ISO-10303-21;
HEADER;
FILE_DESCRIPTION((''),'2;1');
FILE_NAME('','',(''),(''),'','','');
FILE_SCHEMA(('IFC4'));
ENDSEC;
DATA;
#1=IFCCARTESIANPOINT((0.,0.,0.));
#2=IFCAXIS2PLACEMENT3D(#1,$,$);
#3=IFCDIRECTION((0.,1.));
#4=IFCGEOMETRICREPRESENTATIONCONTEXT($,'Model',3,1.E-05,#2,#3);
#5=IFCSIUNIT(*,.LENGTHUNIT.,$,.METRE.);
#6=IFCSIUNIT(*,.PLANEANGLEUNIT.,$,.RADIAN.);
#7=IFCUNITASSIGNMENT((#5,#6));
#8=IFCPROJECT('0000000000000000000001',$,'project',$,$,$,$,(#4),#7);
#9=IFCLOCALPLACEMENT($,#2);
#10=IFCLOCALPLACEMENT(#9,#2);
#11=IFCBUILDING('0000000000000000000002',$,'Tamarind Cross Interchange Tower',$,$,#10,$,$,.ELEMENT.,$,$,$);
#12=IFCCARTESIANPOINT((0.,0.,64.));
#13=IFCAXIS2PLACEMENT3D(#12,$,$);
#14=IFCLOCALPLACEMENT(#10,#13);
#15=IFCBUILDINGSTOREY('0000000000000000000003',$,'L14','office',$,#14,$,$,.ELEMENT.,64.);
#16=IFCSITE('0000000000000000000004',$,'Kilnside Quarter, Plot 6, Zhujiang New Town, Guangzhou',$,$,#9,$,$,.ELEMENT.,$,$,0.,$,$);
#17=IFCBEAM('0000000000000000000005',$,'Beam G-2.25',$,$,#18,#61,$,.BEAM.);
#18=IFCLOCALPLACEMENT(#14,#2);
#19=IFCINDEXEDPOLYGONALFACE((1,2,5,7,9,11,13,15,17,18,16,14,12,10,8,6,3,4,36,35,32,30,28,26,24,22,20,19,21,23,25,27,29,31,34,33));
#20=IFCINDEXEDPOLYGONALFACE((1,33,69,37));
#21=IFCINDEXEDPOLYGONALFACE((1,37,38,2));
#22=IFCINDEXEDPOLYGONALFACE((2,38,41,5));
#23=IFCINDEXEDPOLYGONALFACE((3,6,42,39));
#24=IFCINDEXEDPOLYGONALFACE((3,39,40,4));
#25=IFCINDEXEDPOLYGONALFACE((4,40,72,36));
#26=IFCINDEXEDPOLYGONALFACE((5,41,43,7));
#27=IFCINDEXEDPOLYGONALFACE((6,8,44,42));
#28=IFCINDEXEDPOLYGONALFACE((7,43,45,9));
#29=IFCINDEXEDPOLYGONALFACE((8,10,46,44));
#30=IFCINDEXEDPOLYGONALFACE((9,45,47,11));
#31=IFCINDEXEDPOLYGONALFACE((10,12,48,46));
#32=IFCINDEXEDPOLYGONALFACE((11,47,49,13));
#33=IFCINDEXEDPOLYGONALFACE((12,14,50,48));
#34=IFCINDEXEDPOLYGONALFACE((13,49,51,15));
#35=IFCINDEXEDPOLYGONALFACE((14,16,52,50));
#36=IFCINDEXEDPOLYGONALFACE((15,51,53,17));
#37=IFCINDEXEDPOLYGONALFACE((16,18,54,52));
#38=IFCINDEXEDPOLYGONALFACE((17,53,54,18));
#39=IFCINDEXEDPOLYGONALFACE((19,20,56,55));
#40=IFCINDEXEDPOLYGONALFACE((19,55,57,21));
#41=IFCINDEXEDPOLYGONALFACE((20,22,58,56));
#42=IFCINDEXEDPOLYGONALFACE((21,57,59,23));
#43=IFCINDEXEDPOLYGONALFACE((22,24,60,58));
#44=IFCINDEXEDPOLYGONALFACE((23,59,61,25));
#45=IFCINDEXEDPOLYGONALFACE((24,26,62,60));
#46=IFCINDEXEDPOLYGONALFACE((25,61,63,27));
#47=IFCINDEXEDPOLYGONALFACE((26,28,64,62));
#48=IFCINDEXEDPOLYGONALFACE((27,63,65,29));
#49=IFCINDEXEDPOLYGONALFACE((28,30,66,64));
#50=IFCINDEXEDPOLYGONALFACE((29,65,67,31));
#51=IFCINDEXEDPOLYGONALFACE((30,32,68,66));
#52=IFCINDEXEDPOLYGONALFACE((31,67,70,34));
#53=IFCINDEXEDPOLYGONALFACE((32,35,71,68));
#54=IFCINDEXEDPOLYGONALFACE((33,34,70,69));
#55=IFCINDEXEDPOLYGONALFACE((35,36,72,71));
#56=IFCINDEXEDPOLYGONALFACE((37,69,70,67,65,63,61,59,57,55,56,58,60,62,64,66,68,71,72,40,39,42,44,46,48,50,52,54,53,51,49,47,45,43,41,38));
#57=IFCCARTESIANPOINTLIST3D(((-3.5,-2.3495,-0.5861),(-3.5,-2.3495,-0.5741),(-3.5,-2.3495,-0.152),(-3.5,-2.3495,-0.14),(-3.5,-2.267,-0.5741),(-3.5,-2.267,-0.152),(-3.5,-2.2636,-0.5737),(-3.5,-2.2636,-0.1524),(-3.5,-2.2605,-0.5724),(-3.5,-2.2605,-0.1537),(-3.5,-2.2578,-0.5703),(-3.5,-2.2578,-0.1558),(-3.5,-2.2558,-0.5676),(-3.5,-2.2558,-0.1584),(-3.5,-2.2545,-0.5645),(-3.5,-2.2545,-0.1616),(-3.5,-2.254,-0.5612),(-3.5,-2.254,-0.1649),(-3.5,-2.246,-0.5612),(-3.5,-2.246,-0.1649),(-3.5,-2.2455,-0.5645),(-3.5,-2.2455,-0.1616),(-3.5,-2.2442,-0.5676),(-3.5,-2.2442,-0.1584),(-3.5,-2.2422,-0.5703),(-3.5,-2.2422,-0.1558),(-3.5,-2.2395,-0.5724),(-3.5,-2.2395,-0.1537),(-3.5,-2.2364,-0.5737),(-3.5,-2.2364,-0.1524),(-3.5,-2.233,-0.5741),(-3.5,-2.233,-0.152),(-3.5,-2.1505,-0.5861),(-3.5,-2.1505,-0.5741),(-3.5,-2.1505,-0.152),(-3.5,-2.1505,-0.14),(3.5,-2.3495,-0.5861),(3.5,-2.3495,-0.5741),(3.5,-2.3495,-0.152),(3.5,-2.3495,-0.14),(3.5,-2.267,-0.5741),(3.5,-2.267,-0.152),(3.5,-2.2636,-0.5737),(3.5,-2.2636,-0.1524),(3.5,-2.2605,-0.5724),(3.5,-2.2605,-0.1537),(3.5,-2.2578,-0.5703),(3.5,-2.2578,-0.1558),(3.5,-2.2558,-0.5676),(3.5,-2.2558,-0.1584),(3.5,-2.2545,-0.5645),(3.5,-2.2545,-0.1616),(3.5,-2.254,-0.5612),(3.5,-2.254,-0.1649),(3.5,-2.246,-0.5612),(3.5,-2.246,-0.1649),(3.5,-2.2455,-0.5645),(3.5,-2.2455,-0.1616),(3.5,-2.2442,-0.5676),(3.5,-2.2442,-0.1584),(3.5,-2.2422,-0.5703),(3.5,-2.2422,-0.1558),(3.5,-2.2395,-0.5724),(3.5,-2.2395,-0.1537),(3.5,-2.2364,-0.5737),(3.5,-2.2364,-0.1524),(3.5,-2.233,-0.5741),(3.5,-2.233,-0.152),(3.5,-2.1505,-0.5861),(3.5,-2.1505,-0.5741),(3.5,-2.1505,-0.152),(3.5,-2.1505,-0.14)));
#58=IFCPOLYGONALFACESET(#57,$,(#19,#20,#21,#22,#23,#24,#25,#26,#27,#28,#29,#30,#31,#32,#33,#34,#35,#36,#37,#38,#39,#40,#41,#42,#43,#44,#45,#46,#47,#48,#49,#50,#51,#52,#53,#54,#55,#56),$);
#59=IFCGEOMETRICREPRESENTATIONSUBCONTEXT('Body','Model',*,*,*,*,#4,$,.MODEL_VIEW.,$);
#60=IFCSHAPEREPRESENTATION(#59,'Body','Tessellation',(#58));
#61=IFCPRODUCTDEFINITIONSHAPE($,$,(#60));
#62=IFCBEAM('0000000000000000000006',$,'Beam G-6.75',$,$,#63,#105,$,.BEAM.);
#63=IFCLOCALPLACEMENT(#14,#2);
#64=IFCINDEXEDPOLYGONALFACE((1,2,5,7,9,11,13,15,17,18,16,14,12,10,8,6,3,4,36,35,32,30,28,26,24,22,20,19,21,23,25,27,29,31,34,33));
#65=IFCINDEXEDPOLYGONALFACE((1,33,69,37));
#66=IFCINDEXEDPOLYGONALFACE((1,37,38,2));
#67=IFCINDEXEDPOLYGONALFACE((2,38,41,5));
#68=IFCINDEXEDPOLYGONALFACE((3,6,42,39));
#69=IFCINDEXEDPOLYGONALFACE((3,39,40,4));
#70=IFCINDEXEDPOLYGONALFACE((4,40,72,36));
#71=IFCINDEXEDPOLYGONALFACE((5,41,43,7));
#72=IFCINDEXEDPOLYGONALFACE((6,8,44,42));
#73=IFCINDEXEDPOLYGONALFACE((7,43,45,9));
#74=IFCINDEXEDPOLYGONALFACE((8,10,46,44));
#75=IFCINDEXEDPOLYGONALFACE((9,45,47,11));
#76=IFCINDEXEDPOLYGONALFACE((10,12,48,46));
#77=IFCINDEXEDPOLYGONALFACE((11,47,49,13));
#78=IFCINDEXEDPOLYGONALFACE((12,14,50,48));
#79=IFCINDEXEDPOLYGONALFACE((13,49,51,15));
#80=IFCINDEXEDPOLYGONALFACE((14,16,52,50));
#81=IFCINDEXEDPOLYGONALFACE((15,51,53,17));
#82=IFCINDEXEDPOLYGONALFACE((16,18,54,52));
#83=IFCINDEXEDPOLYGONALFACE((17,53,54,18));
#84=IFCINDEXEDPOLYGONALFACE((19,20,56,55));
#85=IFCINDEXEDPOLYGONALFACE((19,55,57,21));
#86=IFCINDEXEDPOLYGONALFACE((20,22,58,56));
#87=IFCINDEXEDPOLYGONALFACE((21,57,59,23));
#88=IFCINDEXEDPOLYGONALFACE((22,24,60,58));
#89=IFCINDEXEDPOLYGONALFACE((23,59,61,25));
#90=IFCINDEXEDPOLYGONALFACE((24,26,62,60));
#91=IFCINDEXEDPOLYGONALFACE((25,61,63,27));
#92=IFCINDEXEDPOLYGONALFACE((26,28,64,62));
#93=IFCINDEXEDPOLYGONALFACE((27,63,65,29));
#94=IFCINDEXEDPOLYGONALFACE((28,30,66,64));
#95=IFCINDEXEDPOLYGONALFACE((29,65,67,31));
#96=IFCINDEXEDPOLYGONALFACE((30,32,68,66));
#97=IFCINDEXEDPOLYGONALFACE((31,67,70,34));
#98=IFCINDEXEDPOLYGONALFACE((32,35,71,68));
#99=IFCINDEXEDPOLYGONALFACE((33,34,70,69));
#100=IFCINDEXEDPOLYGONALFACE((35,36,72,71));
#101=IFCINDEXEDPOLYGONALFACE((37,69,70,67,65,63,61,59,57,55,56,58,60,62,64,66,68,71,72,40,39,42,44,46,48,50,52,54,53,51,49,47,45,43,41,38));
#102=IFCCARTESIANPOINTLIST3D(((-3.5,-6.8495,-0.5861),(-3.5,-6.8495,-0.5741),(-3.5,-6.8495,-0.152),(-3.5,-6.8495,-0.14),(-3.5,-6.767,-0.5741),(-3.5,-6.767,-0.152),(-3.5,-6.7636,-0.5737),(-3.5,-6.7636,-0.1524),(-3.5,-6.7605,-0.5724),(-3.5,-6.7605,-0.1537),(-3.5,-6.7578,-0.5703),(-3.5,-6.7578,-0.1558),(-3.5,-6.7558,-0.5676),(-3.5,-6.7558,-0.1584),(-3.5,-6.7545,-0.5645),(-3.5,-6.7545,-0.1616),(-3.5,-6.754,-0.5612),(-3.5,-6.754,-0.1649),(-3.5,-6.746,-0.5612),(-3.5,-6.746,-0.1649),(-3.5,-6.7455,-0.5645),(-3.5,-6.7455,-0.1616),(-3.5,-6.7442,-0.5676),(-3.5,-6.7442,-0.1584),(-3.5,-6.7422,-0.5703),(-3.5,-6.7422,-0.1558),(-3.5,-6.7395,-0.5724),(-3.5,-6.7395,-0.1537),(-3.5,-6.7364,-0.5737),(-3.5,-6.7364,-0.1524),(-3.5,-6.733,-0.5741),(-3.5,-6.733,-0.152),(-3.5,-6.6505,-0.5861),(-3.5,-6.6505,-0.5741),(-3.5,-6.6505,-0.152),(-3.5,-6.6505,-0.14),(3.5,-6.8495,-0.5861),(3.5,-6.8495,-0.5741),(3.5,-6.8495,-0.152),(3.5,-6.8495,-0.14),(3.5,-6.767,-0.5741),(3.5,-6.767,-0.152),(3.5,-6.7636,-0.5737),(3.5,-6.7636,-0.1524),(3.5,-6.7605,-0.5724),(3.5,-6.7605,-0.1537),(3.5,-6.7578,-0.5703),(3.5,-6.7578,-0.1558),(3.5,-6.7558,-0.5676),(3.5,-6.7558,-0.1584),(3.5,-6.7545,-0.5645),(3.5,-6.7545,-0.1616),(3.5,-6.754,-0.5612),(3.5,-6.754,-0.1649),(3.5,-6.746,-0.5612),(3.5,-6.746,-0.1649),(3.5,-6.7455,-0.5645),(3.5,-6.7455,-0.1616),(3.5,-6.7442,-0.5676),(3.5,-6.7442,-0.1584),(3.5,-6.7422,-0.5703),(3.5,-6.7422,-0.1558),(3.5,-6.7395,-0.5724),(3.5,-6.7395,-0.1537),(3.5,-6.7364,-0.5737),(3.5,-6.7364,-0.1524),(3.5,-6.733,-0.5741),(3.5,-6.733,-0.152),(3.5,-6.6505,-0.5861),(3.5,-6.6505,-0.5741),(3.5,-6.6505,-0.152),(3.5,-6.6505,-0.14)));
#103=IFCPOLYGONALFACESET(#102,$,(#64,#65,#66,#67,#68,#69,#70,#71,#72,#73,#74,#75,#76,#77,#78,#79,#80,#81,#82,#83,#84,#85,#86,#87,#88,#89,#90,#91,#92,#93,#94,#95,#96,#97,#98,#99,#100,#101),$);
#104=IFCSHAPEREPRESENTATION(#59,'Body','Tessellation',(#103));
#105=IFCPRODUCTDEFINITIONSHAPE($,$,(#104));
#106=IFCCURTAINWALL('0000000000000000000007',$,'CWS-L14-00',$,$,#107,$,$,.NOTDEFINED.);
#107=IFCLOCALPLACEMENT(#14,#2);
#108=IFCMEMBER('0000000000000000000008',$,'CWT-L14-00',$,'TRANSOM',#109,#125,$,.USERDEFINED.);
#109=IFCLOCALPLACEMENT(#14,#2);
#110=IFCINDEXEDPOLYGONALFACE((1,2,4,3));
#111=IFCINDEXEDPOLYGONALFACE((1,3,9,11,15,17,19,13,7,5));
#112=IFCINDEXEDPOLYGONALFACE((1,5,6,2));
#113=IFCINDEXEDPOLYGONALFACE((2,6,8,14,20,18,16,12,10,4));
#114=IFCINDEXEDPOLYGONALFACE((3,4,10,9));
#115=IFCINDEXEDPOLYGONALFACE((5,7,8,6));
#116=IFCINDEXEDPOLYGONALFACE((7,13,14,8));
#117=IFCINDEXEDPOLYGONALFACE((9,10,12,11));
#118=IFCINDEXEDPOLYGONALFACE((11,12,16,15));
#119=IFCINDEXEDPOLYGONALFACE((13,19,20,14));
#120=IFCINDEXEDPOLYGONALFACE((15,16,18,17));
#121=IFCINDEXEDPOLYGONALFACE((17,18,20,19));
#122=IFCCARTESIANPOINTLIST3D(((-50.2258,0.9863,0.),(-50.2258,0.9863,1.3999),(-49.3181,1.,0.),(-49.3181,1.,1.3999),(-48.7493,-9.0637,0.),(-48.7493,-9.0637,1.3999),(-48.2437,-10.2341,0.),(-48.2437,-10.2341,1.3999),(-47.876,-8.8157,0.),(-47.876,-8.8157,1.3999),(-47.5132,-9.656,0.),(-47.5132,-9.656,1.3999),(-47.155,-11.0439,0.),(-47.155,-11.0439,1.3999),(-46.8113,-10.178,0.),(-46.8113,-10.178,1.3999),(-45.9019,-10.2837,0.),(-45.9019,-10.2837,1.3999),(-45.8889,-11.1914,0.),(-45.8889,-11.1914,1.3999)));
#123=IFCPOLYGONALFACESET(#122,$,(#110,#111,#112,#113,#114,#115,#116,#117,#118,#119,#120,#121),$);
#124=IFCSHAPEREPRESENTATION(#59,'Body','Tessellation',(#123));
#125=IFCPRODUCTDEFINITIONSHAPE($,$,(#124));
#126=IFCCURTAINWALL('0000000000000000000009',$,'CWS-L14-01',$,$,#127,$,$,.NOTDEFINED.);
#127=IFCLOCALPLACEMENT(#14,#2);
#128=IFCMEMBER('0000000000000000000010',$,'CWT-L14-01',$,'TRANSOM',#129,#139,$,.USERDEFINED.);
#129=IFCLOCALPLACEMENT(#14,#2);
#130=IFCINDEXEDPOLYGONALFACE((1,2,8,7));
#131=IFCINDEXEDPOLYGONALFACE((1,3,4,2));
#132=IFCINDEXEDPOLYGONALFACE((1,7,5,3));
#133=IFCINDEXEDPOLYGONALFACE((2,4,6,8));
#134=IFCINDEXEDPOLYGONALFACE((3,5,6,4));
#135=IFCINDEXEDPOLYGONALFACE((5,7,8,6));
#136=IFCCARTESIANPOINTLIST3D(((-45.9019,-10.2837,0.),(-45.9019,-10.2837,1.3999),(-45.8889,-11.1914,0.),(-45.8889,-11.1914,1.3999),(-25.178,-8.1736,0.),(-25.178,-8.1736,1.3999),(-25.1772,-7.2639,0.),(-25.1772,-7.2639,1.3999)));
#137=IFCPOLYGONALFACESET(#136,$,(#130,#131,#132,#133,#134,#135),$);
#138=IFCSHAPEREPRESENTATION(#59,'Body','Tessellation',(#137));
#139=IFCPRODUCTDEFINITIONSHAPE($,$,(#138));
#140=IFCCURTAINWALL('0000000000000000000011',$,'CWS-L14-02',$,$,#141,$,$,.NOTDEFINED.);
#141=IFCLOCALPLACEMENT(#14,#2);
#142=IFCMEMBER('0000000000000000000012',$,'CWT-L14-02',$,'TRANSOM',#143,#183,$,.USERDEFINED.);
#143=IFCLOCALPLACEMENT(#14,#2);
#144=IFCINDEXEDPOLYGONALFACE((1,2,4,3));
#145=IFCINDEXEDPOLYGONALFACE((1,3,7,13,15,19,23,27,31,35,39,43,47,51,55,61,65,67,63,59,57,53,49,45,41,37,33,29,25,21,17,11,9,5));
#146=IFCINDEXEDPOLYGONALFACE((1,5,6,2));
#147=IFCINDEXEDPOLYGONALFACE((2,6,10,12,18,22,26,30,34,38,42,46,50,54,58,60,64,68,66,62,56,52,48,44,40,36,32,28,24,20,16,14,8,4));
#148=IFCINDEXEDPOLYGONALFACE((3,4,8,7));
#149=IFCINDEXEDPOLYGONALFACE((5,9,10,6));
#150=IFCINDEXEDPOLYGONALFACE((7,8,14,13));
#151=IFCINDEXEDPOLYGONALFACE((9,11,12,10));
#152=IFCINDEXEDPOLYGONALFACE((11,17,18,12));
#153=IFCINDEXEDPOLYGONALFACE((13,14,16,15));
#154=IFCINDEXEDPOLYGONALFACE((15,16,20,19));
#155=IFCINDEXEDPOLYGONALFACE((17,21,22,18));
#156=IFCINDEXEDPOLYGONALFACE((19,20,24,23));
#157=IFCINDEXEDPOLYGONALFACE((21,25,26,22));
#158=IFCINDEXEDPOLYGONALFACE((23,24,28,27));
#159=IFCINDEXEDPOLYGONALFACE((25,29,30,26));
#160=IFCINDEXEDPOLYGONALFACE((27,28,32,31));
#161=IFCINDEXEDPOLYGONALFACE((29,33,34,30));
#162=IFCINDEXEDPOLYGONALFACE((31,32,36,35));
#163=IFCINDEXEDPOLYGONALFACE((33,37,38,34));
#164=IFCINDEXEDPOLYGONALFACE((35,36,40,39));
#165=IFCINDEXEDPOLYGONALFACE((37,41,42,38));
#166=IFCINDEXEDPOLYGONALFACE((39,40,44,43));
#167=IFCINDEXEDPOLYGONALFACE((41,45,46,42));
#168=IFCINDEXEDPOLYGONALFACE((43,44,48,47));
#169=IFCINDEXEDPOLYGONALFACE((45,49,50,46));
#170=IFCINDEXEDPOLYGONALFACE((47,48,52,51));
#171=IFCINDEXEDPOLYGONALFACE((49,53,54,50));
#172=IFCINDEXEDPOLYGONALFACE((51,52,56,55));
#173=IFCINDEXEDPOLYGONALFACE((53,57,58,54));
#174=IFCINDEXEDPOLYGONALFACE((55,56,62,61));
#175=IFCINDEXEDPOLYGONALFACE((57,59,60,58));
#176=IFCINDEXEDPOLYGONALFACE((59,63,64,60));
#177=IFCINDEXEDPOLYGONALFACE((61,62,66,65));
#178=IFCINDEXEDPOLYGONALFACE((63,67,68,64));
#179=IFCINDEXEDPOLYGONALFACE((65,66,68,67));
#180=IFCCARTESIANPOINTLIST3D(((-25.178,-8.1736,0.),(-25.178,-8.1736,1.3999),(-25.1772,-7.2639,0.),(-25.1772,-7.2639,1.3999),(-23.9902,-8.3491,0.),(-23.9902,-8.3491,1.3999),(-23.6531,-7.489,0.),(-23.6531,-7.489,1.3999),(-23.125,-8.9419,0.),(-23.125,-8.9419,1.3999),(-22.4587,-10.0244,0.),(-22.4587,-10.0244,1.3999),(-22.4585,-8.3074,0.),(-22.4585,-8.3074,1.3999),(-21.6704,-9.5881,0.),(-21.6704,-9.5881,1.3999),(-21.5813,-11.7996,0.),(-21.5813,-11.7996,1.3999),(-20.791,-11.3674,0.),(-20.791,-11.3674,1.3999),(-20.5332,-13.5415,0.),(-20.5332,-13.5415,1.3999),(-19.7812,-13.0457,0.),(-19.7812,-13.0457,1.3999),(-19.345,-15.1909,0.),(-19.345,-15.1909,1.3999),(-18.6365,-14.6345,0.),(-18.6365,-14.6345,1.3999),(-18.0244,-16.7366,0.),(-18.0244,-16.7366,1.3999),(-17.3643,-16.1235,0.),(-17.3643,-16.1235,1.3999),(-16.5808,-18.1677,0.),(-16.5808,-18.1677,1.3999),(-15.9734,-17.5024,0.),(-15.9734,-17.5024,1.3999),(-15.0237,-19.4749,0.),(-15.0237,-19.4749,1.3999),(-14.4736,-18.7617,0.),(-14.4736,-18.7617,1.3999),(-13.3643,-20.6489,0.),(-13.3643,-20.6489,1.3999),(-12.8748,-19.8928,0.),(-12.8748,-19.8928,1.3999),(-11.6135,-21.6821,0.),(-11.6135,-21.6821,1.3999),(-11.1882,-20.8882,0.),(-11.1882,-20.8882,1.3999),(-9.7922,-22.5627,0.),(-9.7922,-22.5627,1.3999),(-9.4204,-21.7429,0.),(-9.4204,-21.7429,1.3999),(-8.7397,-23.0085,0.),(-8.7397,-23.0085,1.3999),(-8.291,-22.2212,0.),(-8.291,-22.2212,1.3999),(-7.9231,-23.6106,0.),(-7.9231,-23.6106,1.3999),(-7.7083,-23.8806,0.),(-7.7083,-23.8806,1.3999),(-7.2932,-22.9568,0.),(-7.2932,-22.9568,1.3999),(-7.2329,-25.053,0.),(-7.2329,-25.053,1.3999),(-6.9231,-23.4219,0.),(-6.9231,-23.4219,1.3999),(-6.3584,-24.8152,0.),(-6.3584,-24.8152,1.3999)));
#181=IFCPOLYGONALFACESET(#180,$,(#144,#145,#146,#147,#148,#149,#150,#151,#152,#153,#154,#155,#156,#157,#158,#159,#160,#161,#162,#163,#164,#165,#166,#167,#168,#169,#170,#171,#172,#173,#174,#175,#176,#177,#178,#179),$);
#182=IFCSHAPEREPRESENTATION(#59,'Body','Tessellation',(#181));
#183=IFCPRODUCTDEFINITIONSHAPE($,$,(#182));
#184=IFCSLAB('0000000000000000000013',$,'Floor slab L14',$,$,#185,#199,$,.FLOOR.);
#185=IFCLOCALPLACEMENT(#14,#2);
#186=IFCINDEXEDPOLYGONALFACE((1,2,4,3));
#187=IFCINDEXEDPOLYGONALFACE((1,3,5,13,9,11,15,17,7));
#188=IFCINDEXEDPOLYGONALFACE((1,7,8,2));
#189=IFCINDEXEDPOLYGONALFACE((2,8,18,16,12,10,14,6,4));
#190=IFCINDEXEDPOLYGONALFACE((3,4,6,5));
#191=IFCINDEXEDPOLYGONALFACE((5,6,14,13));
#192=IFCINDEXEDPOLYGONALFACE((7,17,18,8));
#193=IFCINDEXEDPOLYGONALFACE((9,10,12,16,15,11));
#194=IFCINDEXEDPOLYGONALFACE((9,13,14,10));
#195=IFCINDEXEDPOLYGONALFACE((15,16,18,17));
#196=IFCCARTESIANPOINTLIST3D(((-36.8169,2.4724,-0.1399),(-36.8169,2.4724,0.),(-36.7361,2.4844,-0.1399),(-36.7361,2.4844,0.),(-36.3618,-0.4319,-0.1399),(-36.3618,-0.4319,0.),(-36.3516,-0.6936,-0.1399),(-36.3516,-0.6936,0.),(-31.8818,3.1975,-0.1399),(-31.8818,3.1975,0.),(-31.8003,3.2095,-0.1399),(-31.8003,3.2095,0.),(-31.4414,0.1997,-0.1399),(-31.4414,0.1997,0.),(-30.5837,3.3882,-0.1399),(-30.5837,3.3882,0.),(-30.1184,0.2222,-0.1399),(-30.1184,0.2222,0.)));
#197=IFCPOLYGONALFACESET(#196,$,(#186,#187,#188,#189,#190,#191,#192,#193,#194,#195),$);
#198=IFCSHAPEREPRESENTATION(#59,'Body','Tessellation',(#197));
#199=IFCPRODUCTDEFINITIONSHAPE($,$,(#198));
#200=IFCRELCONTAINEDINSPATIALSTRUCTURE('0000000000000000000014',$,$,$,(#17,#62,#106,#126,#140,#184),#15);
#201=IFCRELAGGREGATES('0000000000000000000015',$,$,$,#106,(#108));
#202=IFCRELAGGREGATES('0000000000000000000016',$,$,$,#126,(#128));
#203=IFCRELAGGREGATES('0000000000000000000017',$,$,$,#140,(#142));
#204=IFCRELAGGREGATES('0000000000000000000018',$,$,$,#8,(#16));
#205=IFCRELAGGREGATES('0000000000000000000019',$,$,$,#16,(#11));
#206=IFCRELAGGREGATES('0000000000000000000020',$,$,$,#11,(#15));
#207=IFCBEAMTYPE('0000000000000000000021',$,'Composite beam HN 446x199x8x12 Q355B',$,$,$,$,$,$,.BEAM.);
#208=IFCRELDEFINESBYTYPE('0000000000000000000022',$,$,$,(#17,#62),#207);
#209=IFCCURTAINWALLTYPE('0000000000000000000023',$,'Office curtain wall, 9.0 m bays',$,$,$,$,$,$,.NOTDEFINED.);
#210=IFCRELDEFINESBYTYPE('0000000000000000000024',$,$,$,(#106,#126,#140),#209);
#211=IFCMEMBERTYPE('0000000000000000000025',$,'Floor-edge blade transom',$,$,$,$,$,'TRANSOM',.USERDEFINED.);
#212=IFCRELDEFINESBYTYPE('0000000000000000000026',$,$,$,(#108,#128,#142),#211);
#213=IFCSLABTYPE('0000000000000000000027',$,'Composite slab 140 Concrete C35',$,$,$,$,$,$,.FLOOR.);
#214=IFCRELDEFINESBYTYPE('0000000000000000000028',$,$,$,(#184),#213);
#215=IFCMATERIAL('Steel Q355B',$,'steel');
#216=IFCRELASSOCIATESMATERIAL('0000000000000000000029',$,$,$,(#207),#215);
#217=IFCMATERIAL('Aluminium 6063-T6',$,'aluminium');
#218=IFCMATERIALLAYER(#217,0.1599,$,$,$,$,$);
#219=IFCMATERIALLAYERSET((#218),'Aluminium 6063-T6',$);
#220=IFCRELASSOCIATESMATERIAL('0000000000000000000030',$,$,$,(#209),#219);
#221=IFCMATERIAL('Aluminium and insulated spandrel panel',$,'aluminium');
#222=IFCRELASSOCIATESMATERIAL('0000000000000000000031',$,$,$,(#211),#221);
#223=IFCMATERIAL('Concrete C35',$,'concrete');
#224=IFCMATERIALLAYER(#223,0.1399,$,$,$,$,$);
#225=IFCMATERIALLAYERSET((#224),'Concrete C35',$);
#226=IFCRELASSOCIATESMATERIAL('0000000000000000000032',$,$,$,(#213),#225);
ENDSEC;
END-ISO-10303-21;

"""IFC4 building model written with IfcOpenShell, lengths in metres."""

from ifc_helpers import new_model, si_unit, direction, frame, origin, origin_2d, place, context, subcontext, project, spatial, polyline, i_section, outline, extrude, material, layer, layer_set, material_profile, profile_set, type_object, element, aggregate, save


model = new_model("IFC4")

# Units and contexts
model_context = context("Model", 3, precision=1e-05, world=origin(), true_north=direction((0.0, 1.0)))
body_context = subcontext(model_context, "Body", "Model", "MODEL_VIEW")
ifc_project = project(units=[si_unit("LENGTHUNIT", "METRE"), si_unit("PLANEANGLEUNIT", "RADIAN")], contexts=[model_context])

# Site, building, storey
site_placement = place(None, origin())
site = spatial("IfcSite", under=ifc_project, at=site_placement, Name="Kilnside Quarter, Plot 6, Zhujiang New Town, Guangzhou", CompositionType="ELEMENT", RefElevation=0.0)
building_placement = place(site_placement, origin())
building = spatial("IfcBuilding", under=site, at=building_placement, Name="Tamarind Cross Interchange Tower", CompositionType="ELEMENT")
storey_placement = place(building_placement, frame((0.0, 0.0, 64.0)))
storey = spatial("IfcBuildingStorey", under=building, at=storey_placement, Name="L14", Description="office", CompositionType="ELEMENT", Elevation=64.0)

# Beams
ifc_material_1 = material(Name="Steel Q355B", Category="steel")
ifc_material_profile = material_profile(ifc_material_1, i_section(OverallWidth=0.199, OverallDepth=0.446, WebThickness=0.0081, FlangeThickness=0.012, FilletRadius=0.0129, at=origin_2d()), Name="HN 446x199x8x12")
ifc_profile_set = profile_set([ifc_material_profile], Name="Steel Q355B")
beam_type = type_object("IfcBeamType", Name="Composite beam HN 446x199x8x12 Q355B", PredefinedType="BEAM", material=ifc_profile_set)
for number, where, z_axis, x_axis, name in (
    (1, (-3.5, -2.25, -0.363), (1.0, 0.0, 0.0), (0.0, 1.0, 0.0), "Beam G-2.25"),
    (2, (-3.5, -6.75, -0.363), (1.0, 0.0, 0.0), (0.0, 1.0, 0.0), "Beam G-6.75"),
):
    element("IfcBeam", number, at=place(storey_placement, frame(where, z_axis=z_axis, x_axis=x_axis)), inside=storey, type_object=beam_type, Name=name, PredefinedType="BEAM", context=body_context, shape_type="SweptSolid", body=[
        extrude(i_section(OverallWidth=0.199, OverallDepth=0.446, WebThickness=0.0081, FlangeThickness=0.012, FilletRadius=0.0129, at=origin_2d()), origin(), (0.0, 0.0, 1.0), 7.0),
    ])

# Curtain walls, members
ifc_material_2 = material(Name="Aluminium 6063-T6", Category="aluminium")
ifc_layer_1 = layer(ifc_material_2, 0.1599)
ifc_layer_set_1 = layer_set([ifc_layer_1], Name="Aluminium 6063-T6")
curtain_wall_type = type_object("IfcCurtainWallType", Name="Office curtain wall, 9.0 m bays", PredefinedType="NOTDEFINED", material=ifc_layer_set_1)
curtain_wall_1_placement = place(storey_placement, origin())
curtain_wall_1 = element("IfcCurtainWall", 3, at=curtain_wall_1_placement, inside=storey, type_object=curtain_wall_type, Name="CWS-L14-00", PredefinedType="NOTDEFINED")
ifc_material_3 = material(Name="Aluminium and insulated spandrel panel", Category="aluminium")
member_type = type_object("IfcMemberType", Name="Floor-edge blade transom", ElementType="TRANSOM", PredefinedType="USERDEFINED", material=ifc_material_3)
member_1_placement = place(storey_placement, origin())
member_1 = element("IfcMember", 4, at=member_1_placement, type_object=member_type, Name="CWT-L14-00", ObjectType="TRANSOM", PredefinedType="USERDEFINED", context=body_context, shape_type="SweptSolid", body=[
    extrude(outline(polyline([(-49.3181, 1.0), (-47.876, -8.8157), (-47.5132, -9.656), (-46.8113, -10.178), (-45.9019, -10.2837), (-45.8889, -11.1914), (-47.155, -11.0439), (-48.2437, -10.2341), (-48.7493, -9.0637), (-50.2258, 0.9863), (-49.3181, 1.0)])), origin(), (0.0, 0.0, 1.0), 1.3999),
])
curtain_wall_2_placement = place(storey_placement, origin())
curtain_wall_2 = element("IfcCurtainWall", 5, at=curtain_wall_2_placement, inside=storey, type_object=curtain_wall_type, Name="CWS-L14-01", PredefinedType="NOTDEFINED")
member_2_placement = place(storey_placement, origin())
member_2 = element("IfcMember", 6, at=member_2_placement, type_object=member_type, Name="CWT-L14-01", ObjectType="TRANSOM", PredefinedType="USERDEFINED", context=body_context, shape_type="SweptSolid", body=[
    extrude(outline(polyline([(-45.9019, -10.2837), (-25.1772, -7.2639), (-25.178, -8.1736), (-45.8889, -11.1914), (-45.9019, -10.2837)])), origin(), (0.0, 0.0, 1.0), 1.3999),
])
curtain_wall_3_placement = place(storey_placement, origin())
curtain_wall_3 = element("IfcCurtainWall", 7, at=curtain_wall_3_placement, inside=storey, type_object=curtain_wall_type, Name="CWS-L14-02", PredefinedType="NOTDEFINED")
member_3_placement = place(storey_placement, origin())
member_3 = element("IfcMember", 8, at=member_3_placement, type_object=member_type, Name="CWT-L14-02", ObjectType="TRANSOM", PredefinedType="USERDEFINED", context=body_context, shape_type="SweptSolid", body=[
    extrude(outline(polyline([(-25.1772, -7.2639), (-23.6531, -7.489), (-22.4585, -8.3074), (-21.6704, -9.5881), (-20.791, -11.3674), (-19.7812, -13.0457), (-18.6365, -14.6345), (-17.3643, -16.1235), (-15.9734, -17.5024), (-14.4736, -18.7617), (-12.8748, -19.8928), (-11.1882, -20.8882), (-9.4204, -21.7429), (-8.291, -22.2212), (-7.2932, -22.9568), (-6.9231, -23.4219), (-6.3584, -24.8152), (-7.2329, -25.053), (-7.7083, -23.8806), (-7.9231, -23.6106), (-8.7397, -23.0085), (-9.7922, -22.5627), (-11.6135, -21.6821), (-13.3643, -20.6489), (-15.0237, -19.4749), (-16.5808, -18.1677), (-18.0244, -16.7366), (-19.345, -15.1909), (-20.5332, -13.5415), (-21.5813, -11.7996), (-22.4587, -10.0244), (-23.125, -8.9419), (-23.9902, -8.3491), (-25.178, -8.1736), (-25.1772, -7.2639)])), origin(), (0.0, 0.0, 1.0), 1.3999),
])

# Slab
ifc_material_4 = material(Name="Concrete C35", Category="concrete")
ifc_layer_2 = layer(ifc_material_4, 0.1399)
ifc_layer_set_2 = layer_set([ifc_layer_2], Name="Concrete C35")
slab_type = type_object("IfcSlabType", Name="Composite slab 140 Concrete C35", PredefinedType="FLOOR", material=ifc_layer_set_2)
slab_1_placement = place(storey_placement, frame((0.0, 0.0, -0.1399)))
element("IfcSlab", 9, at=slab_1_placement, inside=storey, type_object=slab_type, Name="Floor slab L14", PredefinedType="FLOOR", context=body_context, shape_type="SweptSolid", body=[
    extrude(outline(polyline([(-36.8169, 2.4724), (-36.3516, -0.6936), (-30.1184, 0.2222), (-30.5837, 3.3882), (-31.8003, 3.2095), (-31.8818, 3.1975), (-31.4414, 0.1997), (-36.3618, -0.4319), (-36.7361, 2.4844), (-36.8169, 2.4724)])), origin(), (0.0, 0.0, 1.0), 0.1399),
])

aggregate(curtain_wall_1, [member_1])
aggregate(curtain_wall_2, [member_2])
aggregate(curtain_wall_3, [member_3])

save(model, "model.ifc")
